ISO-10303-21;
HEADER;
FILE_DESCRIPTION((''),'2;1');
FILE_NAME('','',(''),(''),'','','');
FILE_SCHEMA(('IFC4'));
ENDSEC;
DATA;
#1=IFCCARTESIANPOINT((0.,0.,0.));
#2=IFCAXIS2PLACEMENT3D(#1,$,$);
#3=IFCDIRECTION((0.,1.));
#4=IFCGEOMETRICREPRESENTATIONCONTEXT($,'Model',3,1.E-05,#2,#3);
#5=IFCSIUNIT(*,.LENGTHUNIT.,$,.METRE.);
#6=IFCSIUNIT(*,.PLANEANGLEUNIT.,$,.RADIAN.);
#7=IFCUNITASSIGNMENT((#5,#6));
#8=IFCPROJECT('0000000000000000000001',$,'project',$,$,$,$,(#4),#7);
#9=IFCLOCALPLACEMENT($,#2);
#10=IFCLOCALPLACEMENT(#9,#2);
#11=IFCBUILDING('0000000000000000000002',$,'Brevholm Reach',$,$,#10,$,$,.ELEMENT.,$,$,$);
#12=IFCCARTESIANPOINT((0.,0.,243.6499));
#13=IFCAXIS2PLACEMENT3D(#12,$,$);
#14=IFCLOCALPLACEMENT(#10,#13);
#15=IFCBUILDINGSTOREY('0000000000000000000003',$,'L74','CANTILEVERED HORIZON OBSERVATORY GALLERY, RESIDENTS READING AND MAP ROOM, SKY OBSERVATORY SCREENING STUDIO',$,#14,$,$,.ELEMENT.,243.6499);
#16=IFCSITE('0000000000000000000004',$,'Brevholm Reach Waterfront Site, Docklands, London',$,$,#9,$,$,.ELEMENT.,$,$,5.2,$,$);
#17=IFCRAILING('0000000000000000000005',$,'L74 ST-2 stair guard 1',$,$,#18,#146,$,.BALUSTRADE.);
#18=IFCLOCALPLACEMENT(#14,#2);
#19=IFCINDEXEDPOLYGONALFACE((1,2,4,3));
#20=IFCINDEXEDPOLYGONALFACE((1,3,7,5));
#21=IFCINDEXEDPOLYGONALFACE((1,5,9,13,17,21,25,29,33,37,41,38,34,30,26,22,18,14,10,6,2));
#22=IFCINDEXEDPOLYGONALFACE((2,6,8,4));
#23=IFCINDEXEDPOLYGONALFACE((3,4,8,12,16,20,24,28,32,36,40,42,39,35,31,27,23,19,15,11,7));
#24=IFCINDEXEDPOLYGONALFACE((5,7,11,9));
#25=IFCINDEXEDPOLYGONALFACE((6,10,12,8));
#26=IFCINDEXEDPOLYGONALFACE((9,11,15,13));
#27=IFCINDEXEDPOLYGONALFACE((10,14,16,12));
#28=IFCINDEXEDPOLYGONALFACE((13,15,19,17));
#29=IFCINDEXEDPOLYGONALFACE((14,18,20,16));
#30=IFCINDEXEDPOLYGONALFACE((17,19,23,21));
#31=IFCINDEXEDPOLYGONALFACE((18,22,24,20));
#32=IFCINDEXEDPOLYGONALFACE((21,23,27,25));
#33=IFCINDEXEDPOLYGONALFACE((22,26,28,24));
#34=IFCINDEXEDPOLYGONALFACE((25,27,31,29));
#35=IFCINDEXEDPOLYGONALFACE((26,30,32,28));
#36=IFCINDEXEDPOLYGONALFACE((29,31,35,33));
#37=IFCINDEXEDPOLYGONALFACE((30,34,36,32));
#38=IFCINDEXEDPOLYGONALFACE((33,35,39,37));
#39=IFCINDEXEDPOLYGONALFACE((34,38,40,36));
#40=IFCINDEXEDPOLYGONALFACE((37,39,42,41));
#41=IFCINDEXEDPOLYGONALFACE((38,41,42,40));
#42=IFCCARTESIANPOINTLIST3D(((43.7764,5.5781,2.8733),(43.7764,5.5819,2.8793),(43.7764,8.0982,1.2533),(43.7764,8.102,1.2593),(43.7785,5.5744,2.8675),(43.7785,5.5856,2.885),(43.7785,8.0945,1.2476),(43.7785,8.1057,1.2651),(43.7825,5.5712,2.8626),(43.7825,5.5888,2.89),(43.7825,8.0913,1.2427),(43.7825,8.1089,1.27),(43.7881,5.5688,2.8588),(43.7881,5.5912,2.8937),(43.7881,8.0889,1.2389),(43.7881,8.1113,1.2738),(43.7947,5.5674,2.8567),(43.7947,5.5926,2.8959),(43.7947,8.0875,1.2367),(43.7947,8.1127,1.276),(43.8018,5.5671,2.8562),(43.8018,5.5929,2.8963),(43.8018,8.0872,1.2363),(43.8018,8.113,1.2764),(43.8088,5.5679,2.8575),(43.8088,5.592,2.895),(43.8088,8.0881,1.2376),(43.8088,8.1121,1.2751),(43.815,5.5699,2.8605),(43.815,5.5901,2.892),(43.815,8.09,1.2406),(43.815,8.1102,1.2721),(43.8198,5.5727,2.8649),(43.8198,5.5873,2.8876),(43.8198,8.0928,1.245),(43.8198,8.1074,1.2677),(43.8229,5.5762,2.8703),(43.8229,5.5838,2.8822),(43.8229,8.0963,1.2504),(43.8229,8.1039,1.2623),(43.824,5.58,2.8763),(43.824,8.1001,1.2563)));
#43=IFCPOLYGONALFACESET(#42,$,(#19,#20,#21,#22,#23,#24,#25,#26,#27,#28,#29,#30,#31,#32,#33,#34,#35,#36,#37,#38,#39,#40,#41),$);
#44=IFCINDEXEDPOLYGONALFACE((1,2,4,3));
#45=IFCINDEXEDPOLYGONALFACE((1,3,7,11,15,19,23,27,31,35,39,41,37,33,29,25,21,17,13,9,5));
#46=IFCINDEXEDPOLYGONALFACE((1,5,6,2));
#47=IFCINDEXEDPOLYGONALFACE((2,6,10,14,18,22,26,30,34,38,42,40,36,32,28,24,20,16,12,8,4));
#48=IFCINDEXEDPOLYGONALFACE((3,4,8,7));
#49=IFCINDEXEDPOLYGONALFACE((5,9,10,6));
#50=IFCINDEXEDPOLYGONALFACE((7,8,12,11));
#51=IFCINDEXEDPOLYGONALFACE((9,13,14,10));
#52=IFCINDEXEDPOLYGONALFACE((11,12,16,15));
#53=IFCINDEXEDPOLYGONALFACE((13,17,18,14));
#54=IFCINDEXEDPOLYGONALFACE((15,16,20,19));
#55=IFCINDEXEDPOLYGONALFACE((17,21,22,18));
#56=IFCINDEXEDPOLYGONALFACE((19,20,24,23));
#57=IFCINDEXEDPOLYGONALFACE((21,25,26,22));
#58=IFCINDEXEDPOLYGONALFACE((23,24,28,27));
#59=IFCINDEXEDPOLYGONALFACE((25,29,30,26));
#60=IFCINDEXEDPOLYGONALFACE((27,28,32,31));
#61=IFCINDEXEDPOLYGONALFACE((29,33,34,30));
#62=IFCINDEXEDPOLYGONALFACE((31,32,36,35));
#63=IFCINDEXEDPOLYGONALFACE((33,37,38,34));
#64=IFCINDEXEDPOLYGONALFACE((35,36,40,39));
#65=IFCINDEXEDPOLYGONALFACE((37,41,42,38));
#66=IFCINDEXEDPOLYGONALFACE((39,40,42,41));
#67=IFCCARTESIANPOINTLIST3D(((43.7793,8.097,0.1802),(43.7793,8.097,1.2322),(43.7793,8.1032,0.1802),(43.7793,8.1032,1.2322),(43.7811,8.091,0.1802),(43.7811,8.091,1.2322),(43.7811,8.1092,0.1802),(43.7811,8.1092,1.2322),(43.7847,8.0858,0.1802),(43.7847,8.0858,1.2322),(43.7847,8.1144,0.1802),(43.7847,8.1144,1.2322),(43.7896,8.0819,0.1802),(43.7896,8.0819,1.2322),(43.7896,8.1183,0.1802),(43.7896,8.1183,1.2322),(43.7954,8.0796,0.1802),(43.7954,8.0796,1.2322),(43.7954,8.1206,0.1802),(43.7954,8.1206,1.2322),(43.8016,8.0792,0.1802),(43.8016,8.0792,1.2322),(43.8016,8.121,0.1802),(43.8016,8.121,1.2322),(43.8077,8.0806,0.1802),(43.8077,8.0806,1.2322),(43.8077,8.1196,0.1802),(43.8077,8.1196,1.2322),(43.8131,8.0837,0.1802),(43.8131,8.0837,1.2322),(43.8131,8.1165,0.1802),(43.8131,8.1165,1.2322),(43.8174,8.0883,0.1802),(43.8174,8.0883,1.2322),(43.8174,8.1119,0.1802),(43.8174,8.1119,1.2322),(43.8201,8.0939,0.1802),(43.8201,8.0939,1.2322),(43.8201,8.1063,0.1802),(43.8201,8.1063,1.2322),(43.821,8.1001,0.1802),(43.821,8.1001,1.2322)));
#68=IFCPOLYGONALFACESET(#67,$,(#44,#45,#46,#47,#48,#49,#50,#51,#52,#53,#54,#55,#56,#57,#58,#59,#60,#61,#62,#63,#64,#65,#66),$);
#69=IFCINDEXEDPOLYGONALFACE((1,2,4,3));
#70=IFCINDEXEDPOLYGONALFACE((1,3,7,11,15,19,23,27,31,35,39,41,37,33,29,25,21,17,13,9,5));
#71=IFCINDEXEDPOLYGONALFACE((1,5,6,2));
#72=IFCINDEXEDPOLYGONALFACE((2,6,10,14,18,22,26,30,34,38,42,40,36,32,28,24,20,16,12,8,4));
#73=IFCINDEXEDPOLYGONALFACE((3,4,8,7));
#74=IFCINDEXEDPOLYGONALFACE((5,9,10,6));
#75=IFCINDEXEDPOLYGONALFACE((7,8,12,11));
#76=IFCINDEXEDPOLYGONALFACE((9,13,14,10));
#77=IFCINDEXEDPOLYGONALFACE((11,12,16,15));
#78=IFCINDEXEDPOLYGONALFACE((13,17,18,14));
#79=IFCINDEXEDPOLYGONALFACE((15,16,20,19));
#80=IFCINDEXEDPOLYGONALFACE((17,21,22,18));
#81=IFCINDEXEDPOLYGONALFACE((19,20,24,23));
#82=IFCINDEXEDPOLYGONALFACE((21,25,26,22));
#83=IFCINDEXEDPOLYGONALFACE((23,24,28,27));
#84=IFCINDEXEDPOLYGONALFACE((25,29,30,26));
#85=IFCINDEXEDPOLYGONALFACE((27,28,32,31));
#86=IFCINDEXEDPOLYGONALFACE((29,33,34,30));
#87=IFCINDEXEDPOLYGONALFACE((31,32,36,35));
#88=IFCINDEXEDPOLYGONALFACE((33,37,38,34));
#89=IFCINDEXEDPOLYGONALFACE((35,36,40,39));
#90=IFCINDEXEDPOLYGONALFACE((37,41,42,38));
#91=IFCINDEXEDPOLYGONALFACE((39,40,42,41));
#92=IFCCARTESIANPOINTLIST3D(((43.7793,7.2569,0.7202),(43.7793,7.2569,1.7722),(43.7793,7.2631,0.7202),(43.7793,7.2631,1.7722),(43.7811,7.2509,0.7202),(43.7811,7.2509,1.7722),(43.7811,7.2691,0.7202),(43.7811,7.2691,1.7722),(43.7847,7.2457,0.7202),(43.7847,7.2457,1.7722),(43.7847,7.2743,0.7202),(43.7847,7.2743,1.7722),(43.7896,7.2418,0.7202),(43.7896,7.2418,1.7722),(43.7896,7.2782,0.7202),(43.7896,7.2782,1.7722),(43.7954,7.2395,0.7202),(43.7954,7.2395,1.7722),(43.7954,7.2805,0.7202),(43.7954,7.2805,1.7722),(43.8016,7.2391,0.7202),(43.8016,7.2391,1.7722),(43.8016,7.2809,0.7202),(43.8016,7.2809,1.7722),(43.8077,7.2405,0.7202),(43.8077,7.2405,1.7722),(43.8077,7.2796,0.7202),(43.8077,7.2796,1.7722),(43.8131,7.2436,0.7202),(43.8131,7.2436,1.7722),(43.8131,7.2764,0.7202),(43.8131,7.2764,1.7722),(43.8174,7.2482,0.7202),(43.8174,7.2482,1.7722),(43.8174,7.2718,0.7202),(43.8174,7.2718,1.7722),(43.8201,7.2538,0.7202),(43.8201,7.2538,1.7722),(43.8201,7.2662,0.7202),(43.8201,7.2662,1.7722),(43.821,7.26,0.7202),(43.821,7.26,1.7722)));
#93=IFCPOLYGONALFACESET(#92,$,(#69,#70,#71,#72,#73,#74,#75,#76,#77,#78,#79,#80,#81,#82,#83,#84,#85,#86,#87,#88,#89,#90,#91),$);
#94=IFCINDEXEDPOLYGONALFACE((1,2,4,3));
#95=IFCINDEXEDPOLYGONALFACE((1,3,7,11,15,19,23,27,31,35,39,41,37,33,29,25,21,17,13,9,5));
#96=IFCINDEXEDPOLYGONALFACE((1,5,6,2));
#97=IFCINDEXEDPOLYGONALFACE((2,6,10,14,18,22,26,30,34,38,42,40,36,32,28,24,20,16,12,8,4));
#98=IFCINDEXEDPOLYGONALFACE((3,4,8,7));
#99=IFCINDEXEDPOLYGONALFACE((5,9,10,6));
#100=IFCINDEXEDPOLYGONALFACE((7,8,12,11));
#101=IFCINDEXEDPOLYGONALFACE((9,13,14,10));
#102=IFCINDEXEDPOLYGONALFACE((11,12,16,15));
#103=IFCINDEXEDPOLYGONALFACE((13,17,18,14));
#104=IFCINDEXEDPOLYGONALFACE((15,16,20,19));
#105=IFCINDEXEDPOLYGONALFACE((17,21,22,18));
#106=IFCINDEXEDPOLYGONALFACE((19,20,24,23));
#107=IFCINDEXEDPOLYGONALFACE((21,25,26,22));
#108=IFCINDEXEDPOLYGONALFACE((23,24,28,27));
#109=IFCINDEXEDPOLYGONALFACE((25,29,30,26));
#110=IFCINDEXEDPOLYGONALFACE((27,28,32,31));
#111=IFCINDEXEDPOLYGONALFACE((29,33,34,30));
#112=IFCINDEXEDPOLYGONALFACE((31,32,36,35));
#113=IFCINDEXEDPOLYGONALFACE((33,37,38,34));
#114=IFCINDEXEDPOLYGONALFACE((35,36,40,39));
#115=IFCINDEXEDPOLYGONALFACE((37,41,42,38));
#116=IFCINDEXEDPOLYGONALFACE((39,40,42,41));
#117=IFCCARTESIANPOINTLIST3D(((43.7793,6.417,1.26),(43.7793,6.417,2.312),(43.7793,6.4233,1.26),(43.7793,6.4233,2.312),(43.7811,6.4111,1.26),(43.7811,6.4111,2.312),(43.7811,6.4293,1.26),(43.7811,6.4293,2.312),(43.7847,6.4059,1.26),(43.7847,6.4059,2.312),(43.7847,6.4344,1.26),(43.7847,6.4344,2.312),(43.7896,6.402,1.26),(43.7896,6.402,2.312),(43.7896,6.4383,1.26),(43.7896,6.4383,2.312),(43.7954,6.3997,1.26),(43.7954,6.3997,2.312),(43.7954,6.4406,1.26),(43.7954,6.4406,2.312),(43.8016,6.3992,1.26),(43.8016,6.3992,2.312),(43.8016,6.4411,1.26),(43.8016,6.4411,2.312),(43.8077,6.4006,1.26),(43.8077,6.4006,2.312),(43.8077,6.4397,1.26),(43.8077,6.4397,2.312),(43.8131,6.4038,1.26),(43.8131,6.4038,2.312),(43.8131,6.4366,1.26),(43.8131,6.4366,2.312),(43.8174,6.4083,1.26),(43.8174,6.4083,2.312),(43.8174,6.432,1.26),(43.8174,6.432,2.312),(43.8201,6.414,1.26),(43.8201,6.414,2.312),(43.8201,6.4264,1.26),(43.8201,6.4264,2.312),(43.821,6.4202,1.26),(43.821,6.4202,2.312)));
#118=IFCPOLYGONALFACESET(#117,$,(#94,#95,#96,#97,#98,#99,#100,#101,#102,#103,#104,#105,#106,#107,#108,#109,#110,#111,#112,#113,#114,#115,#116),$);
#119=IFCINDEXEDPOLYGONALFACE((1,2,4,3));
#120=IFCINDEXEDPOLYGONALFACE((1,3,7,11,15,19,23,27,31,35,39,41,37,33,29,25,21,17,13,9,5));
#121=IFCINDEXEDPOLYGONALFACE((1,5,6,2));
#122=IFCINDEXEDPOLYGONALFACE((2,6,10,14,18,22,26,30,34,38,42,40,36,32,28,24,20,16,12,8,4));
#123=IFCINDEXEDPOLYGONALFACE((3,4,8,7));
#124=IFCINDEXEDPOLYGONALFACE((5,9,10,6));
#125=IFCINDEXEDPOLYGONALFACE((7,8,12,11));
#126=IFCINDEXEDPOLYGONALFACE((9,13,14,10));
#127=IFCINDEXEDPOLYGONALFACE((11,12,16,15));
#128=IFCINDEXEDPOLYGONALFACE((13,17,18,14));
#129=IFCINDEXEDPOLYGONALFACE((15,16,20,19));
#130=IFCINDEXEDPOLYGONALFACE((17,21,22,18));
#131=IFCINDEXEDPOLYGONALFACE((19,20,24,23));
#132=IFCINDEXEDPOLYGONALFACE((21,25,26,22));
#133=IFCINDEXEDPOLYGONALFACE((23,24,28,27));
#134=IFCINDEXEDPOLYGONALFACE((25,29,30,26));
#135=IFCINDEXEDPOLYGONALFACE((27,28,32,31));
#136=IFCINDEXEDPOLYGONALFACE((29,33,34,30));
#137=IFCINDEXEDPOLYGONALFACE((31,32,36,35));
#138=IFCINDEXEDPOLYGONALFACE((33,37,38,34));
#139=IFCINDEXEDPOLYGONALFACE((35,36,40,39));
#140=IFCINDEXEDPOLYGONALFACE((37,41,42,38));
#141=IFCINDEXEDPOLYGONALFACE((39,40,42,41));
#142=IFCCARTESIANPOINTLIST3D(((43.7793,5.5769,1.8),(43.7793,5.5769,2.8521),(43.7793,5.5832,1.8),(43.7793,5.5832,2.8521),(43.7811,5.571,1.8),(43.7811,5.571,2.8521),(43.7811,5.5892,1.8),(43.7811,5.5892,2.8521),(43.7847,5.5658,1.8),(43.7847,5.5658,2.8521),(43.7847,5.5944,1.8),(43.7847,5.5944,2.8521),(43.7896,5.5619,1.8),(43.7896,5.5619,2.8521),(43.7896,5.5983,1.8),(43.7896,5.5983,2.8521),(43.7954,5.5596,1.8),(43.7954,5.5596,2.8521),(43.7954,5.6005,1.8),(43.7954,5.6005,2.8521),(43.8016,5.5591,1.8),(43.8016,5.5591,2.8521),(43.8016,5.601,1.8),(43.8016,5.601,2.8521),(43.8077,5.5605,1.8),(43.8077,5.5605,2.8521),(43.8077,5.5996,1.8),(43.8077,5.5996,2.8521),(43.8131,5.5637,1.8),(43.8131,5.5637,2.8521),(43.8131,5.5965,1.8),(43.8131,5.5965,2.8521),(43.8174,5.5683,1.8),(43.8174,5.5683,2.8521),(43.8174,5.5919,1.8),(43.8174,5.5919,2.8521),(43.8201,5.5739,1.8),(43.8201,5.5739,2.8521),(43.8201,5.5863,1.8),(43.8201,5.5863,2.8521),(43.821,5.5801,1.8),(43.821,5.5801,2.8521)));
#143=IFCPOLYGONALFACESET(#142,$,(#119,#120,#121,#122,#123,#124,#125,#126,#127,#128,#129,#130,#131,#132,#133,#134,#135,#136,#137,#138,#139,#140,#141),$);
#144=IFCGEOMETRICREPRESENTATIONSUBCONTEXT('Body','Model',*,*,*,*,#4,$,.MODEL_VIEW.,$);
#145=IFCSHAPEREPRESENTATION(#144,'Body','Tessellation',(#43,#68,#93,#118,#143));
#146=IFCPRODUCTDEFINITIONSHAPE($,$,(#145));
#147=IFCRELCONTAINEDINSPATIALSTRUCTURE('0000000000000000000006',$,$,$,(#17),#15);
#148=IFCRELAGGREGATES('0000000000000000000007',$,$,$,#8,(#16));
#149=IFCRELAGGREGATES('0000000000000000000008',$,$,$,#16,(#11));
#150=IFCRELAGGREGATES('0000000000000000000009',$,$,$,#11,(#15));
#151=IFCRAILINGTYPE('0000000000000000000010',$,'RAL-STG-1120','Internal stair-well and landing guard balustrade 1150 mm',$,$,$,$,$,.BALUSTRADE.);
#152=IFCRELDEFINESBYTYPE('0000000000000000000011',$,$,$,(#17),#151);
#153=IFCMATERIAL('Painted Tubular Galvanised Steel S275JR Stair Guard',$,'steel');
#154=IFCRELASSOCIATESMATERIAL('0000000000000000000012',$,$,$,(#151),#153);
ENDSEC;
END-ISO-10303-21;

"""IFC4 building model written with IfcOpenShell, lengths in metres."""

from ifc_helpers import new_model, si_unit, direction, frame, origin, origin_2d, place, context, subcontext, project, spatial, circle, extrude, material, type_object, element, save


model = new_model("IFC4")

# Units and contexts
model_context = context("Model", 3, precision=1e-05, world=origin(), true_north=direction((0.0, 1.0)))
body_context = subcontext(model_context, "Body", "Model", "MODEL_VIEW")
ifc_project = project(units=[si_unit("LENGTHUNIT", "METRE"), si_unit("PLANEANGLEUNIT", "RADIAN")], contexts=[model_context])

# Site, building, storey
site_placement = place(None, origin())
site = spatial("IfcSite", under=ifc_project, at=site_placement, Name="Brevholm Reach Waterfront Site, Docklands, London", CompositionType="ELEMENT", RefElevation=5.2)
building_placement = place(site_placement, origin())
building = spatial("IfcBuilding", under=site, at=building_placement, Name="Brevholm Reach", CompositionType="ELEMENT")
storey_placement = place(building_placement, frame((0.0, 0.0, 243.6499)))
storey = spatial("IfcBuildingStorey", under=building, at=storey_placement, Name="L74", Description="CANTILEVERED HORIZON OBSERVATORY GALLERY, RESIDENTS READING AND MAP ROOM, SKY OBSERVATORY SCREENING STUDIO", CompositionType="ELEMENT", Elevation=243.6499)

# Railing
ifc_material_1 = material(Name="Painted Tubular Galvanised Steel S275JR Stair Guard", Category="steel")
railing_type_1 = type_object("IfcRailingType", Name="RAL-STG-1120", Description="Internal stair-well and landing guard balustrade 1150 mm", PredefinedType="BALUSTRADE", material=ifc_material_1)
railing_1_placement = place(storey_placement, frame((43.8, 8.1001, 0.1802)))
element("IfcRailing", 1, at=railing_1_placement, inside=storey, type_object=railing_type_1, Name="L74 ST-2 stair guard 1", PredefinedType="BALUSTRADE", context=body_context, shape_type="SweptSolid", body=[
    extrude(circle(Radius=0.0239, at=origin_2d()), frame((0.0, 0.0, 1.0762), z_axis=(0.0, -0.8412, 0.540725), x_axis=(1.0, 0.0, 0.0)), (0.0, 0.0, 1.0), 2.9958),
    extrude(circle(Radius=0.021, at=origin_2d()), origin(), (0.0, 0.0, 1.0), 1.052),
    extrude(circle(Radius=0.021, at=origin_2d()), frame((0.0, -0.8401, 0.54)), (0.0, 0.0, 1.0), 1.052),
    extrude(circle(Radius=0.021, at=origin_2d()), frame((0.0, -1.6799, 1.0798)), (0.0, 0.0, 1.0), 1.052),
    extrude(circle(Radius=0.021, at=origin_2d()), frame((0.0, -2.52, 1.6199)), (0.0, 0.0, 1.0), 1.052),
])

save(model, "model.ifc")
